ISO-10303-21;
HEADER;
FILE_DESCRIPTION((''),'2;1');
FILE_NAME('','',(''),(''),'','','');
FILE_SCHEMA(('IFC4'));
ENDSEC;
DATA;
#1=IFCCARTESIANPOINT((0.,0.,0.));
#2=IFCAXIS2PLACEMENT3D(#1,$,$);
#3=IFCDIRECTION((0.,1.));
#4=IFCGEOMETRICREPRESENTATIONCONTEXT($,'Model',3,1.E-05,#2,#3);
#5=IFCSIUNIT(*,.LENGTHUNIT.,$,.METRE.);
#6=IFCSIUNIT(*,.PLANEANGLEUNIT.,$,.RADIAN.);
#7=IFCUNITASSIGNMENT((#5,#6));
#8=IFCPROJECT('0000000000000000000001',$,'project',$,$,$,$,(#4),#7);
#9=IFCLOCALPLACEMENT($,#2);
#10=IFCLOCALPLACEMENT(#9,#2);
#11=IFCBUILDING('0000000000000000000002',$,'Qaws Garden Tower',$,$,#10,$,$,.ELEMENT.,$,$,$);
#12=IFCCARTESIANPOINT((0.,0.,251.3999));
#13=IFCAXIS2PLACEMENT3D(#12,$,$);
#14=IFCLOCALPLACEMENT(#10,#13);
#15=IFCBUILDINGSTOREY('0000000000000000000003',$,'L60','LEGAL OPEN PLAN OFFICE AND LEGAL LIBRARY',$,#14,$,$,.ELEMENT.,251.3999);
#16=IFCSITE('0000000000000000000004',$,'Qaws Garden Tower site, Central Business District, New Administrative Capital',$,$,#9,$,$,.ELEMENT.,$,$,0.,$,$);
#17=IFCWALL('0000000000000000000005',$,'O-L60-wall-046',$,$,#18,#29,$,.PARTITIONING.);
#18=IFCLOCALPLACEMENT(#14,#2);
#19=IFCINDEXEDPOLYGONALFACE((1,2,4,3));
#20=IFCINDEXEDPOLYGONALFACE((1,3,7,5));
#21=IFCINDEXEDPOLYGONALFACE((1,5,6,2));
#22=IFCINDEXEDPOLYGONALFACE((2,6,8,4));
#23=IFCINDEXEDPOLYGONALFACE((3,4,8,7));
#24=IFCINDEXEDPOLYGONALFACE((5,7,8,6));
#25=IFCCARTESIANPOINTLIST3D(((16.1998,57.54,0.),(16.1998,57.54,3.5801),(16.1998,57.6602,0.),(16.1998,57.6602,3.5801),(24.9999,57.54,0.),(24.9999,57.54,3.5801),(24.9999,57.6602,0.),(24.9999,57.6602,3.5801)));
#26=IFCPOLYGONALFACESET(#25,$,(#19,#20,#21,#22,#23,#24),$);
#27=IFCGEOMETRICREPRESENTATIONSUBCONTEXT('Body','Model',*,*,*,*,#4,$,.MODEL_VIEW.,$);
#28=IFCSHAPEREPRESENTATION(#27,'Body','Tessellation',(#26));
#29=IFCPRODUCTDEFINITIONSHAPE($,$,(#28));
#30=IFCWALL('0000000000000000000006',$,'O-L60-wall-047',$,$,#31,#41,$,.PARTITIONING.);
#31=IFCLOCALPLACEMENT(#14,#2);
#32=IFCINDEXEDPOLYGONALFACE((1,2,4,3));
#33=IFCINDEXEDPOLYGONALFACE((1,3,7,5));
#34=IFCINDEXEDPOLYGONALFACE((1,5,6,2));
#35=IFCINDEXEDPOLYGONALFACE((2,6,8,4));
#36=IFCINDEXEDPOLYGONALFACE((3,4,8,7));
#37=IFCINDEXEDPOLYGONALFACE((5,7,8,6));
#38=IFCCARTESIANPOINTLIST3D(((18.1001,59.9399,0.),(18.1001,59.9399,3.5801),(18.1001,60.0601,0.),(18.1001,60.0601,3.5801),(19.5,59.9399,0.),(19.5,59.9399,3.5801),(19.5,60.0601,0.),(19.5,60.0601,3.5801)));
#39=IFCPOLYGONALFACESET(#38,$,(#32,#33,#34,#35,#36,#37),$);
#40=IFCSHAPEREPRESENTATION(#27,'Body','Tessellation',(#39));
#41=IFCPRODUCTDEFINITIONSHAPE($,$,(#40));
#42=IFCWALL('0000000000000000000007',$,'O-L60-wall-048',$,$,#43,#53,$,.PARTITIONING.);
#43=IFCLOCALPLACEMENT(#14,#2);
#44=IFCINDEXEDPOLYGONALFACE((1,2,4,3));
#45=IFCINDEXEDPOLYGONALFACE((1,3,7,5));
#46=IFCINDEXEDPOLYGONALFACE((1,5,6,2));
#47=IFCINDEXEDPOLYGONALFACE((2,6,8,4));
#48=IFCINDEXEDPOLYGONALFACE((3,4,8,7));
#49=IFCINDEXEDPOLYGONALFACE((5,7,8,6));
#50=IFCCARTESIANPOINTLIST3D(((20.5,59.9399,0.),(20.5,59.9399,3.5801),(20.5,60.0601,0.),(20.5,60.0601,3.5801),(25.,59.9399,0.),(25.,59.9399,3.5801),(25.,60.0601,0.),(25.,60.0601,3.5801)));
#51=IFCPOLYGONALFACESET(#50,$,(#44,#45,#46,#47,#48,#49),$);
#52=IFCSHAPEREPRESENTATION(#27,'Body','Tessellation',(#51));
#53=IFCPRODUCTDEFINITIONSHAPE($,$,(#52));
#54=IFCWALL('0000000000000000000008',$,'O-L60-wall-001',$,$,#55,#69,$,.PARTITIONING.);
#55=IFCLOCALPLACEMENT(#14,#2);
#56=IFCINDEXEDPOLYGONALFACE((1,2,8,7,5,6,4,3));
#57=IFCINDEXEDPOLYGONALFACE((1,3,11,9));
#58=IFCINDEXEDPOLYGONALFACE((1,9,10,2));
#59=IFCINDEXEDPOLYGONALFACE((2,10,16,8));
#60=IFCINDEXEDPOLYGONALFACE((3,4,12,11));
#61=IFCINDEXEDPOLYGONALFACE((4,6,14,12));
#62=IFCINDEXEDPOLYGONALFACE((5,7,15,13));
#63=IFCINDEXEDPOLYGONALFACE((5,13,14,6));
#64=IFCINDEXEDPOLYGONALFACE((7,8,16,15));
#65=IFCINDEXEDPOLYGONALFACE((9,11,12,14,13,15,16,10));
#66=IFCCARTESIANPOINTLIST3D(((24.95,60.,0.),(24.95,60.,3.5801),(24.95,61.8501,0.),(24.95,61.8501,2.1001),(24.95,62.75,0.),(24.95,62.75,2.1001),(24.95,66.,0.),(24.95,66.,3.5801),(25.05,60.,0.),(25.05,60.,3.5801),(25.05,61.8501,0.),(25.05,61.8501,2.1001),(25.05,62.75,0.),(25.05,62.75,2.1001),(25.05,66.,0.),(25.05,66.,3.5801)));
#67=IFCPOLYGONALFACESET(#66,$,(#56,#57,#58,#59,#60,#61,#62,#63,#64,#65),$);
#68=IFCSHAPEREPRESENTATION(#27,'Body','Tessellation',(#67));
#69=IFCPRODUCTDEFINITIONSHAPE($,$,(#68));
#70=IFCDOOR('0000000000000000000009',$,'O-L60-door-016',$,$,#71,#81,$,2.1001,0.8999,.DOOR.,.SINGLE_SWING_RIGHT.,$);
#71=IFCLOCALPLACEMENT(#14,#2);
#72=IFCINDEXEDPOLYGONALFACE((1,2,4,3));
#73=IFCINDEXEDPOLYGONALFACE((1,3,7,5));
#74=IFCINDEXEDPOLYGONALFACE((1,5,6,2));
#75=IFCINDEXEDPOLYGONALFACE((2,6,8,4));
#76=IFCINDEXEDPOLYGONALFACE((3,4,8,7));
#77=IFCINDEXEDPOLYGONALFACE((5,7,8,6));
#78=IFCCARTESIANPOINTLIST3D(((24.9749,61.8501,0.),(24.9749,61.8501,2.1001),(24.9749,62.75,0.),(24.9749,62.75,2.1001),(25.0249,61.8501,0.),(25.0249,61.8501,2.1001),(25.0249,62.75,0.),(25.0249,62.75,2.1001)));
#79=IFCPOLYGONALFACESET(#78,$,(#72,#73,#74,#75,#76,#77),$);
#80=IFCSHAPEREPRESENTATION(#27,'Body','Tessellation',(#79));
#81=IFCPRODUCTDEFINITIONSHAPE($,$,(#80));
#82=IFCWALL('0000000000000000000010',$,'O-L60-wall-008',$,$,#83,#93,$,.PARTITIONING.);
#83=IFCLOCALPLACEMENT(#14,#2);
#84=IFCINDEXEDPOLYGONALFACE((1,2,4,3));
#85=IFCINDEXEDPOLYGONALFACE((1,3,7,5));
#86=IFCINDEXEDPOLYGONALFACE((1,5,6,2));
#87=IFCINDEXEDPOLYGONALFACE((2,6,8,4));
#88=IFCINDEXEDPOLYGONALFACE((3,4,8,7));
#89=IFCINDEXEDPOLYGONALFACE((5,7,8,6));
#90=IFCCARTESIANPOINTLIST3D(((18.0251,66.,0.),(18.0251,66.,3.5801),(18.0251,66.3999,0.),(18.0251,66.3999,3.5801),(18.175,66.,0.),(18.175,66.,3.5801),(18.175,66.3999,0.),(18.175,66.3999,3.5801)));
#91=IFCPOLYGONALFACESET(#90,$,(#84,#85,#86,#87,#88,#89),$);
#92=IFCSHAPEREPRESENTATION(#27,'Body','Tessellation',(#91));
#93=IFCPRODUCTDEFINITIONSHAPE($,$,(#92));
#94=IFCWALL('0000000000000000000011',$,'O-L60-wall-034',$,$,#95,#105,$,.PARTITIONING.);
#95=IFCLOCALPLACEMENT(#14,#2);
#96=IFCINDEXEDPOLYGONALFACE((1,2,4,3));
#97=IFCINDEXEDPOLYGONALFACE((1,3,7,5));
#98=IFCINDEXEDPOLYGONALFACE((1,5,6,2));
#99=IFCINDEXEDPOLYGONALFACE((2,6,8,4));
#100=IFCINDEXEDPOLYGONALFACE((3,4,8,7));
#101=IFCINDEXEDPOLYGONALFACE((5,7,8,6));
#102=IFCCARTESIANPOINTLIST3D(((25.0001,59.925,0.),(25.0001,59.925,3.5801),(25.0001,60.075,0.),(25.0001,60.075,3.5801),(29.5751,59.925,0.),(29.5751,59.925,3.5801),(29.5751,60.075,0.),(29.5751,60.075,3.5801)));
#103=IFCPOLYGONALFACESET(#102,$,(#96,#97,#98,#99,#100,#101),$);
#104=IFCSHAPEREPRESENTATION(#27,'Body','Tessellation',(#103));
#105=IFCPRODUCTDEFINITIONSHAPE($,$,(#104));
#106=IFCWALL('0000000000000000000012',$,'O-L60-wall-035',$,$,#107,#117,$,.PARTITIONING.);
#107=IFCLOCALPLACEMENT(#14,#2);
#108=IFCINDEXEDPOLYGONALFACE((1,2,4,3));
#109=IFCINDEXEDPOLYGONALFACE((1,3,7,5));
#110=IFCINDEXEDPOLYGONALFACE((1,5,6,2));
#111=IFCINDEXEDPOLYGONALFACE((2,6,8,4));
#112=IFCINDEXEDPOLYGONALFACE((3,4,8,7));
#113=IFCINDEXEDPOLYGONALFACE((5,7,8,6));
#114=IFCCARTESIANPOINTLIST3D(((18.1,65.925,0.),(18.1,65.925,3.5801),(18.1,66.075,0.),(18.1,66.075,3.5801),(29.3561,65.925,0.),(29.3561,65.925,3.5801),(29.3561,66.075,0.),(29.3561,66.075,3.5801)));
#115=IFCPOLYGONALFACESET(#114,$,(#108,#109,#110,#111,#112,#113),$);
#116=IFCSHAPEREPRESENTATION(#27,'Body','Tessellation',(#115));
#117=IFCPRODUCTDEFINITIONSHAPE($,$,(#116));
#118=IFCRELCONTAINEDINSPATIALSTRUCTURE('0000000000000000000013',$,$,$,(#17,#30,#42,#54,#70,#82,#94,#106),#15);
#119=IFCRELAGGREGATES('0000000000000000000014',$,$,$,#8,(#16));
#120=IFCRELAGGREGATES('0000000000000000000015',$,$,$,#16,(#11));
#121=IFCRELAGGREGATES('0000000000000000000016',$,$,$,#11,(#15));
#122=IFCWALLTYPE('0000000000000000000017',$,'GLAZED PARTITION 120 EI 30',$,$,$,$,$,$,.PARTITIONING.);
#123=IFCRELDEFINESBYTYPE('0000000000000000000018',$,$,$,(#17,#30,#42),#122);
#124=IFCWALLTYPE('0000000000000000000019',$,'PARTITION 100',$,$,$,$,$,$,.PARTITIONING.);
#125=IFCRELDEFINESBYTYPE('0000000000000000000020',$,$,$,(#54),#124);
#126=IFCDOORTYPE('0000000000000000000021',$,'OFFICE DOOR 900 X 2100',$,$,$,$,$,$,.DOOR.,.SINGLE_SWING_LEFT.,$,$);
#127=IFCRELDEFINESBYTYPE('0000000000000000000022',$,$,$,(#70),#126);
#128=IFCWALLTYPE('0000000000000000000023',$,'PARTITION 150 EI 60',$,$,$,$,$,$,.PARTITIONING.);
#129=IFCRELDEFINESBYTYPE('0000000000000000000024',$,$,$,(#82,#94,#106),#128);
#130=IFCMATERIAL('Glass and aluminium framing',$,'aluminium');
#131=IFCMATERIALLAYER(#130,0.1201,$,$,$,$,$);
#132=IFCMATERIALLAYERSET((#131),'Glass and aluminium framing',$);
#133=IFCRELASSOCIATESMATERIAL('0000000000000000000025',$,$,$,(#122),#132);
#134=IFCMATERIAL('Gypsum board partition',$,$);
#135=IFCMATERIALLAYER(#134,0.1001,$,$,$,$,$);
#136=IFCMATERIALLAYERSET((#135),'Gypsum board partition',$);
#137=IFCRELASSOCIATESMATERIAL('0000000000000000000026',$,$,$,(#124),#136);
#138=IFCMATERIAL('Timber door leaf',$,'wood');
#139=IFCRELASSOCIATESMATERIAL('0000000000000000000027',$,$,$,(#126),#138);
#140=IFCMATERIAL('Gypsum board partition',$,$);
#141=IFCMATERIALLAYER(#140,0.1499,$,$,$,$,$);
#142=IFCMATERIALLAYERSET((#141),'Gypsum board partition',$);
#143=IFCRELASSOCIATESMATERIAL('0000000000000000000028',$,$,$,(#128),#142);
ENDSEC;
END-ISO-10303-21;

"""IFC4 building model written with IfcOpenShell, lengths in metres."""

from ifc_helpers import new_model, si_unit, direction, frame, frame_2d, origin, place, context, subcontext, project, spatial, rectangle, extrude, material, layer, layer_set, type_object, element, fill, save


model = new_model("IFC4")

# Units and contexts
model_context = context("Model", 3, precision=1e-05, world=origin(), true_north=direction((0.0, 1.0)))
body_context = subcontext(model_context, "Body", "Model", "MODEL_VIEW")
ifc_project = project(units=[si_unit("LENGTHUNIT", "METRE"), si_unit("PLANEANGLEUNIT", "RADIAN")], contexts=[model_context])

# Site, building, storey
site_placement = place(None, origin())
site = spatial("IfcSite", under=ifc_project, at=site_placement, Name="Qaws Garden Tower site, Central Business District, New Administrative Capital", CompositionType="ELEMENT", RefElevation=0.0)
building_placement = place(site_placement, origin())
building = spatial("IfcBuilding", under=site, at=building_placement, Name="Qaws Garden Tower", CompositionType="ELEMENT")
storey_placement = place(building_placement, frame((0.0, 0.0, 251.3999)))
storey = spatial("IfcBuildingStorey", under=building, at=storey_placement, Name="L60", Description="LEGAL OPEN PLAN OFFICE AND LEGAL LIBRARY", CompositionType="ELEMENT", Elevation=251.3999)

# Shared definitions
ifc_material_1 = material(Name="Glass and aluminium framing", Category="aluminium")
ifc_layer_1 = layer(ifc_material_1, 0.1201)
ifc_layer_set_1 = layer_set([ifc_layer_1], Name="Glass and aluminium framing")
wall_type_1 = type_object("IfcWallType", Name="GLAZED PARTITION 120 EI 30", PredefinedType="PARTITIONING", material=ifc_layer_set_1)

# Walls
wall_1_placement = place(storey_placement, frame((16.2, 57.6001, 0.0), z_axis=(0.0, 0.0, 1.0), x_axis=(1.0, 0.0, 0.0)))
element("IfcWall", 1, at=wall_1_placement, inside=storey, type_object=wall_type_1, Name="O-L60-wall-046", PredefinedType="PARTITIONING", context=body_context, shape_type="SweptSolid", body=[
    extrude(rectangle(XDim=8.8, YDim=0.1201, at=frame_2d((4.3999, 0.0))), origin(), (0.0, 0.0, 1.0), 3.5801),
])
wall_2_placement = place(storey_placement, frame((18.1001, 60.0, 0.0), z_axis=(0.0, 0.0, 1.0), x_axis=(1.0, 0.0, 0.0)))
element("IfcWall", 2, at=wall_2_placement, inside=storey, type_object=wall_type_1, Name="O-L60-wall-047", PredefinedType="PARTITIONING", context=body_context, shape_type="SweptSolid", body=[
    extrude(rectangle(XDim=1.3999, YDim=0.1201, at=frame_2d((0.7, 0.0))), origin(), (0.0, 0.0, 1.0), 3.5801),
])
wall_3_placement = place(storey_placement, frame((20.5, 60.0, 0.0), z_axis=(0.0, 0.0, 1.0), x_axis=(1.0, 0.0, 0.0)))
element("IfcWall", 3, at=wall_3_placement, inside=storey, type_object=wall_type_1, Name="O-L60-wall-048", PredefinedType="PARTITIONING", context=body_context, shape_type="SweptSolid", body=[
    extrude(rectangle(XDim=4.5, YDim=0.1201, at=frame_2d((2.25, 0.0))), origin(), (0.0, 0.0, 1.0), 3.5801),
])

# Wall, opening, door
ifc_material_2 = material(Name="Gypsum board partition")
ifc_layer_2 = layer(ifc_material_2, 0.1001)
ifc_layer_set_2 = layer_set([ifc_layer_2], Name="Gypsum board partition")
wall_type_2 = type_object("IfcWallType", Name="PARTITION 100", PredefinedType="PARTITIONING", material=ifc_layer_set_2)
wall_4_placement = place(storey_placement, frame((25.0, 60.0, 0.0), z_axis=(0.0, 0.0, 1.0), x_axis=(0.0, 1.0, 0.0)))
wall_4 = element("IfcWall", 4, at=wall_4_placement, inside=storey, type_object=wall_type_2, Name="O-L60-wall-001", PredefinedType="PARTITIONING", context=body_context, shape_type="SweptSolid", body=[
    extrude(rectangle(XDim=6.0, YDim=0.1001, at=frame_2d((3.0, 0.0))), origin(), (0.0, 0.0, 1.0), 3.5801),
])
opening_1_placement = place(wall_4_placement, frame((1.8501, 0.0, 0.0)))
opening_1 = element("IfcOpeningElement", 5, at=opening_1_placement, cuts=wall_4, PredefinedType="OPENING", context=body_context, shape_type="SweptSolid", body=[
    extrude(rectangle(XDim=0.8999, YDim=2.1001, at=frame_2d((0.45, 1.05))), frame((0.0, 0.0601, 0.0), z_axis=(0.0, -1.0, 0.0), x_axis=(1.0, 0.0, 0.0)), (0.0, 0.0, 1.0), 0.1201),
])
ifc_material_3 = material(Name="Timber door leaf", Category="wood")
door_type_1 = type_object("IfcDoorType", Name="OFFICE DOOR 900 X 2100", OperationType="SINGLE_SWING_LEFT", PredefinedType="DOOR", material=ifc_material_3)
door_1_placement = place(opening_1_placement, frame((0.8999, 0.0, 0.0), z_axis=(0.0, 0.0, 1.0), x_axis=(-1.0, 0.0, 0.0)))
door_1 = element("IfcDoor", 6, at=door_1_placement, inside=storey, type_object=door_type_1, Name="O-L60-door-016", OperationType="SINGLE_SWING_RIGHT", OverallHeight=2.1001, OverallWidth=0.8999, PredefinedType="DOOR", context=body_context, shape_type="SweptSolid", body=[
    extrude(rectangle(XDim=0.8999, YDim=2.1001, at=frame_2d((0.45, 1.05))), frame((0.0, 0.0249, 0.0), z_axis=(0.0, -1.0, 0.0), x_axis=(1.0, 0.0, 0.0)), (0.0, 0.0, 1.0), 0.05),
])
fill(opening_1, door_1)

# Walls
ifc_material_4 = material(Name="Gypsum board partition")
ifc_layer_3 = layer(ifc_material_4, 0.1499)
ifc_layer_set_3 = layer_set([ifc_layer_3], Name="Gypsum board partition")
wall_type_3 = type_object("IfcWallType", Name="PARTITION 150 EI 60", PredefinedType="PARTITIONING", material=ifc_layer_set_3)
wall_5_placement = place(storey_placement, frame((18.1001, 66.0, 0.0), z_axis=(0.0, 0.0, 1.0), x_axis=(0.0, 1.0, 0.0)))
element("IfcWall", 7, at=wall_5_placement, inside=storey, type_object=wall_type_3, Name="O-L60-wall-008", PredefinedType="PARTITIONING", context=body_context, shape_type="SweptSolid", body=[
    extrude(rectangle(XDim=0.3999, YDim=0.1499, at=frame_2d((0.2, 0.0))), origin(), (0.0, 0.0, 1.0), 3.5801),
])
wall_6_placement = place(storey_placement, frame((25.0, 60.0, 0.0), z_axis=(0.0, 0.0, 1.0), x_axis=(1.0, 0.0, 0.0)))
element("IfcWall", 8, at=wall_6_placement, inside=storey, type_object=wall_type_3, Name="O-L60-wall-034", PredefinedType="PARTITIONING", context=body_context, shape_type="SweptSolid", body=[
    extrude(rectangle(XDim=4.575, YDim=0.1499, at=frame_2d((2.2876, 0.0))), origin(), (0.0, 0.0, 1.0), 3.5801),
])
wall_7_placement = place(storey_placement, frame((18.1001, 66.0, 0.0), z_axis=(0.0, 0.0, 1.0), x_axis=(1.0, 0.0, 0.0)))
element("IfcWall", 9, at=wall_7_placement, inside=storey, type_object=wall_type_3, Name="O-L60-wall-035", PredefinedType="PARTITIONING", context=body_context, shape_type="SweptSolid", body=[
    extrude(rectangle(XDim=11.2561, YDim=0.1499, at=frame_2d((5.6279, 0.0))), origin(), (0.0, 0.0, 1.0), 3.5801),
])

save(model, "model.ifc")
